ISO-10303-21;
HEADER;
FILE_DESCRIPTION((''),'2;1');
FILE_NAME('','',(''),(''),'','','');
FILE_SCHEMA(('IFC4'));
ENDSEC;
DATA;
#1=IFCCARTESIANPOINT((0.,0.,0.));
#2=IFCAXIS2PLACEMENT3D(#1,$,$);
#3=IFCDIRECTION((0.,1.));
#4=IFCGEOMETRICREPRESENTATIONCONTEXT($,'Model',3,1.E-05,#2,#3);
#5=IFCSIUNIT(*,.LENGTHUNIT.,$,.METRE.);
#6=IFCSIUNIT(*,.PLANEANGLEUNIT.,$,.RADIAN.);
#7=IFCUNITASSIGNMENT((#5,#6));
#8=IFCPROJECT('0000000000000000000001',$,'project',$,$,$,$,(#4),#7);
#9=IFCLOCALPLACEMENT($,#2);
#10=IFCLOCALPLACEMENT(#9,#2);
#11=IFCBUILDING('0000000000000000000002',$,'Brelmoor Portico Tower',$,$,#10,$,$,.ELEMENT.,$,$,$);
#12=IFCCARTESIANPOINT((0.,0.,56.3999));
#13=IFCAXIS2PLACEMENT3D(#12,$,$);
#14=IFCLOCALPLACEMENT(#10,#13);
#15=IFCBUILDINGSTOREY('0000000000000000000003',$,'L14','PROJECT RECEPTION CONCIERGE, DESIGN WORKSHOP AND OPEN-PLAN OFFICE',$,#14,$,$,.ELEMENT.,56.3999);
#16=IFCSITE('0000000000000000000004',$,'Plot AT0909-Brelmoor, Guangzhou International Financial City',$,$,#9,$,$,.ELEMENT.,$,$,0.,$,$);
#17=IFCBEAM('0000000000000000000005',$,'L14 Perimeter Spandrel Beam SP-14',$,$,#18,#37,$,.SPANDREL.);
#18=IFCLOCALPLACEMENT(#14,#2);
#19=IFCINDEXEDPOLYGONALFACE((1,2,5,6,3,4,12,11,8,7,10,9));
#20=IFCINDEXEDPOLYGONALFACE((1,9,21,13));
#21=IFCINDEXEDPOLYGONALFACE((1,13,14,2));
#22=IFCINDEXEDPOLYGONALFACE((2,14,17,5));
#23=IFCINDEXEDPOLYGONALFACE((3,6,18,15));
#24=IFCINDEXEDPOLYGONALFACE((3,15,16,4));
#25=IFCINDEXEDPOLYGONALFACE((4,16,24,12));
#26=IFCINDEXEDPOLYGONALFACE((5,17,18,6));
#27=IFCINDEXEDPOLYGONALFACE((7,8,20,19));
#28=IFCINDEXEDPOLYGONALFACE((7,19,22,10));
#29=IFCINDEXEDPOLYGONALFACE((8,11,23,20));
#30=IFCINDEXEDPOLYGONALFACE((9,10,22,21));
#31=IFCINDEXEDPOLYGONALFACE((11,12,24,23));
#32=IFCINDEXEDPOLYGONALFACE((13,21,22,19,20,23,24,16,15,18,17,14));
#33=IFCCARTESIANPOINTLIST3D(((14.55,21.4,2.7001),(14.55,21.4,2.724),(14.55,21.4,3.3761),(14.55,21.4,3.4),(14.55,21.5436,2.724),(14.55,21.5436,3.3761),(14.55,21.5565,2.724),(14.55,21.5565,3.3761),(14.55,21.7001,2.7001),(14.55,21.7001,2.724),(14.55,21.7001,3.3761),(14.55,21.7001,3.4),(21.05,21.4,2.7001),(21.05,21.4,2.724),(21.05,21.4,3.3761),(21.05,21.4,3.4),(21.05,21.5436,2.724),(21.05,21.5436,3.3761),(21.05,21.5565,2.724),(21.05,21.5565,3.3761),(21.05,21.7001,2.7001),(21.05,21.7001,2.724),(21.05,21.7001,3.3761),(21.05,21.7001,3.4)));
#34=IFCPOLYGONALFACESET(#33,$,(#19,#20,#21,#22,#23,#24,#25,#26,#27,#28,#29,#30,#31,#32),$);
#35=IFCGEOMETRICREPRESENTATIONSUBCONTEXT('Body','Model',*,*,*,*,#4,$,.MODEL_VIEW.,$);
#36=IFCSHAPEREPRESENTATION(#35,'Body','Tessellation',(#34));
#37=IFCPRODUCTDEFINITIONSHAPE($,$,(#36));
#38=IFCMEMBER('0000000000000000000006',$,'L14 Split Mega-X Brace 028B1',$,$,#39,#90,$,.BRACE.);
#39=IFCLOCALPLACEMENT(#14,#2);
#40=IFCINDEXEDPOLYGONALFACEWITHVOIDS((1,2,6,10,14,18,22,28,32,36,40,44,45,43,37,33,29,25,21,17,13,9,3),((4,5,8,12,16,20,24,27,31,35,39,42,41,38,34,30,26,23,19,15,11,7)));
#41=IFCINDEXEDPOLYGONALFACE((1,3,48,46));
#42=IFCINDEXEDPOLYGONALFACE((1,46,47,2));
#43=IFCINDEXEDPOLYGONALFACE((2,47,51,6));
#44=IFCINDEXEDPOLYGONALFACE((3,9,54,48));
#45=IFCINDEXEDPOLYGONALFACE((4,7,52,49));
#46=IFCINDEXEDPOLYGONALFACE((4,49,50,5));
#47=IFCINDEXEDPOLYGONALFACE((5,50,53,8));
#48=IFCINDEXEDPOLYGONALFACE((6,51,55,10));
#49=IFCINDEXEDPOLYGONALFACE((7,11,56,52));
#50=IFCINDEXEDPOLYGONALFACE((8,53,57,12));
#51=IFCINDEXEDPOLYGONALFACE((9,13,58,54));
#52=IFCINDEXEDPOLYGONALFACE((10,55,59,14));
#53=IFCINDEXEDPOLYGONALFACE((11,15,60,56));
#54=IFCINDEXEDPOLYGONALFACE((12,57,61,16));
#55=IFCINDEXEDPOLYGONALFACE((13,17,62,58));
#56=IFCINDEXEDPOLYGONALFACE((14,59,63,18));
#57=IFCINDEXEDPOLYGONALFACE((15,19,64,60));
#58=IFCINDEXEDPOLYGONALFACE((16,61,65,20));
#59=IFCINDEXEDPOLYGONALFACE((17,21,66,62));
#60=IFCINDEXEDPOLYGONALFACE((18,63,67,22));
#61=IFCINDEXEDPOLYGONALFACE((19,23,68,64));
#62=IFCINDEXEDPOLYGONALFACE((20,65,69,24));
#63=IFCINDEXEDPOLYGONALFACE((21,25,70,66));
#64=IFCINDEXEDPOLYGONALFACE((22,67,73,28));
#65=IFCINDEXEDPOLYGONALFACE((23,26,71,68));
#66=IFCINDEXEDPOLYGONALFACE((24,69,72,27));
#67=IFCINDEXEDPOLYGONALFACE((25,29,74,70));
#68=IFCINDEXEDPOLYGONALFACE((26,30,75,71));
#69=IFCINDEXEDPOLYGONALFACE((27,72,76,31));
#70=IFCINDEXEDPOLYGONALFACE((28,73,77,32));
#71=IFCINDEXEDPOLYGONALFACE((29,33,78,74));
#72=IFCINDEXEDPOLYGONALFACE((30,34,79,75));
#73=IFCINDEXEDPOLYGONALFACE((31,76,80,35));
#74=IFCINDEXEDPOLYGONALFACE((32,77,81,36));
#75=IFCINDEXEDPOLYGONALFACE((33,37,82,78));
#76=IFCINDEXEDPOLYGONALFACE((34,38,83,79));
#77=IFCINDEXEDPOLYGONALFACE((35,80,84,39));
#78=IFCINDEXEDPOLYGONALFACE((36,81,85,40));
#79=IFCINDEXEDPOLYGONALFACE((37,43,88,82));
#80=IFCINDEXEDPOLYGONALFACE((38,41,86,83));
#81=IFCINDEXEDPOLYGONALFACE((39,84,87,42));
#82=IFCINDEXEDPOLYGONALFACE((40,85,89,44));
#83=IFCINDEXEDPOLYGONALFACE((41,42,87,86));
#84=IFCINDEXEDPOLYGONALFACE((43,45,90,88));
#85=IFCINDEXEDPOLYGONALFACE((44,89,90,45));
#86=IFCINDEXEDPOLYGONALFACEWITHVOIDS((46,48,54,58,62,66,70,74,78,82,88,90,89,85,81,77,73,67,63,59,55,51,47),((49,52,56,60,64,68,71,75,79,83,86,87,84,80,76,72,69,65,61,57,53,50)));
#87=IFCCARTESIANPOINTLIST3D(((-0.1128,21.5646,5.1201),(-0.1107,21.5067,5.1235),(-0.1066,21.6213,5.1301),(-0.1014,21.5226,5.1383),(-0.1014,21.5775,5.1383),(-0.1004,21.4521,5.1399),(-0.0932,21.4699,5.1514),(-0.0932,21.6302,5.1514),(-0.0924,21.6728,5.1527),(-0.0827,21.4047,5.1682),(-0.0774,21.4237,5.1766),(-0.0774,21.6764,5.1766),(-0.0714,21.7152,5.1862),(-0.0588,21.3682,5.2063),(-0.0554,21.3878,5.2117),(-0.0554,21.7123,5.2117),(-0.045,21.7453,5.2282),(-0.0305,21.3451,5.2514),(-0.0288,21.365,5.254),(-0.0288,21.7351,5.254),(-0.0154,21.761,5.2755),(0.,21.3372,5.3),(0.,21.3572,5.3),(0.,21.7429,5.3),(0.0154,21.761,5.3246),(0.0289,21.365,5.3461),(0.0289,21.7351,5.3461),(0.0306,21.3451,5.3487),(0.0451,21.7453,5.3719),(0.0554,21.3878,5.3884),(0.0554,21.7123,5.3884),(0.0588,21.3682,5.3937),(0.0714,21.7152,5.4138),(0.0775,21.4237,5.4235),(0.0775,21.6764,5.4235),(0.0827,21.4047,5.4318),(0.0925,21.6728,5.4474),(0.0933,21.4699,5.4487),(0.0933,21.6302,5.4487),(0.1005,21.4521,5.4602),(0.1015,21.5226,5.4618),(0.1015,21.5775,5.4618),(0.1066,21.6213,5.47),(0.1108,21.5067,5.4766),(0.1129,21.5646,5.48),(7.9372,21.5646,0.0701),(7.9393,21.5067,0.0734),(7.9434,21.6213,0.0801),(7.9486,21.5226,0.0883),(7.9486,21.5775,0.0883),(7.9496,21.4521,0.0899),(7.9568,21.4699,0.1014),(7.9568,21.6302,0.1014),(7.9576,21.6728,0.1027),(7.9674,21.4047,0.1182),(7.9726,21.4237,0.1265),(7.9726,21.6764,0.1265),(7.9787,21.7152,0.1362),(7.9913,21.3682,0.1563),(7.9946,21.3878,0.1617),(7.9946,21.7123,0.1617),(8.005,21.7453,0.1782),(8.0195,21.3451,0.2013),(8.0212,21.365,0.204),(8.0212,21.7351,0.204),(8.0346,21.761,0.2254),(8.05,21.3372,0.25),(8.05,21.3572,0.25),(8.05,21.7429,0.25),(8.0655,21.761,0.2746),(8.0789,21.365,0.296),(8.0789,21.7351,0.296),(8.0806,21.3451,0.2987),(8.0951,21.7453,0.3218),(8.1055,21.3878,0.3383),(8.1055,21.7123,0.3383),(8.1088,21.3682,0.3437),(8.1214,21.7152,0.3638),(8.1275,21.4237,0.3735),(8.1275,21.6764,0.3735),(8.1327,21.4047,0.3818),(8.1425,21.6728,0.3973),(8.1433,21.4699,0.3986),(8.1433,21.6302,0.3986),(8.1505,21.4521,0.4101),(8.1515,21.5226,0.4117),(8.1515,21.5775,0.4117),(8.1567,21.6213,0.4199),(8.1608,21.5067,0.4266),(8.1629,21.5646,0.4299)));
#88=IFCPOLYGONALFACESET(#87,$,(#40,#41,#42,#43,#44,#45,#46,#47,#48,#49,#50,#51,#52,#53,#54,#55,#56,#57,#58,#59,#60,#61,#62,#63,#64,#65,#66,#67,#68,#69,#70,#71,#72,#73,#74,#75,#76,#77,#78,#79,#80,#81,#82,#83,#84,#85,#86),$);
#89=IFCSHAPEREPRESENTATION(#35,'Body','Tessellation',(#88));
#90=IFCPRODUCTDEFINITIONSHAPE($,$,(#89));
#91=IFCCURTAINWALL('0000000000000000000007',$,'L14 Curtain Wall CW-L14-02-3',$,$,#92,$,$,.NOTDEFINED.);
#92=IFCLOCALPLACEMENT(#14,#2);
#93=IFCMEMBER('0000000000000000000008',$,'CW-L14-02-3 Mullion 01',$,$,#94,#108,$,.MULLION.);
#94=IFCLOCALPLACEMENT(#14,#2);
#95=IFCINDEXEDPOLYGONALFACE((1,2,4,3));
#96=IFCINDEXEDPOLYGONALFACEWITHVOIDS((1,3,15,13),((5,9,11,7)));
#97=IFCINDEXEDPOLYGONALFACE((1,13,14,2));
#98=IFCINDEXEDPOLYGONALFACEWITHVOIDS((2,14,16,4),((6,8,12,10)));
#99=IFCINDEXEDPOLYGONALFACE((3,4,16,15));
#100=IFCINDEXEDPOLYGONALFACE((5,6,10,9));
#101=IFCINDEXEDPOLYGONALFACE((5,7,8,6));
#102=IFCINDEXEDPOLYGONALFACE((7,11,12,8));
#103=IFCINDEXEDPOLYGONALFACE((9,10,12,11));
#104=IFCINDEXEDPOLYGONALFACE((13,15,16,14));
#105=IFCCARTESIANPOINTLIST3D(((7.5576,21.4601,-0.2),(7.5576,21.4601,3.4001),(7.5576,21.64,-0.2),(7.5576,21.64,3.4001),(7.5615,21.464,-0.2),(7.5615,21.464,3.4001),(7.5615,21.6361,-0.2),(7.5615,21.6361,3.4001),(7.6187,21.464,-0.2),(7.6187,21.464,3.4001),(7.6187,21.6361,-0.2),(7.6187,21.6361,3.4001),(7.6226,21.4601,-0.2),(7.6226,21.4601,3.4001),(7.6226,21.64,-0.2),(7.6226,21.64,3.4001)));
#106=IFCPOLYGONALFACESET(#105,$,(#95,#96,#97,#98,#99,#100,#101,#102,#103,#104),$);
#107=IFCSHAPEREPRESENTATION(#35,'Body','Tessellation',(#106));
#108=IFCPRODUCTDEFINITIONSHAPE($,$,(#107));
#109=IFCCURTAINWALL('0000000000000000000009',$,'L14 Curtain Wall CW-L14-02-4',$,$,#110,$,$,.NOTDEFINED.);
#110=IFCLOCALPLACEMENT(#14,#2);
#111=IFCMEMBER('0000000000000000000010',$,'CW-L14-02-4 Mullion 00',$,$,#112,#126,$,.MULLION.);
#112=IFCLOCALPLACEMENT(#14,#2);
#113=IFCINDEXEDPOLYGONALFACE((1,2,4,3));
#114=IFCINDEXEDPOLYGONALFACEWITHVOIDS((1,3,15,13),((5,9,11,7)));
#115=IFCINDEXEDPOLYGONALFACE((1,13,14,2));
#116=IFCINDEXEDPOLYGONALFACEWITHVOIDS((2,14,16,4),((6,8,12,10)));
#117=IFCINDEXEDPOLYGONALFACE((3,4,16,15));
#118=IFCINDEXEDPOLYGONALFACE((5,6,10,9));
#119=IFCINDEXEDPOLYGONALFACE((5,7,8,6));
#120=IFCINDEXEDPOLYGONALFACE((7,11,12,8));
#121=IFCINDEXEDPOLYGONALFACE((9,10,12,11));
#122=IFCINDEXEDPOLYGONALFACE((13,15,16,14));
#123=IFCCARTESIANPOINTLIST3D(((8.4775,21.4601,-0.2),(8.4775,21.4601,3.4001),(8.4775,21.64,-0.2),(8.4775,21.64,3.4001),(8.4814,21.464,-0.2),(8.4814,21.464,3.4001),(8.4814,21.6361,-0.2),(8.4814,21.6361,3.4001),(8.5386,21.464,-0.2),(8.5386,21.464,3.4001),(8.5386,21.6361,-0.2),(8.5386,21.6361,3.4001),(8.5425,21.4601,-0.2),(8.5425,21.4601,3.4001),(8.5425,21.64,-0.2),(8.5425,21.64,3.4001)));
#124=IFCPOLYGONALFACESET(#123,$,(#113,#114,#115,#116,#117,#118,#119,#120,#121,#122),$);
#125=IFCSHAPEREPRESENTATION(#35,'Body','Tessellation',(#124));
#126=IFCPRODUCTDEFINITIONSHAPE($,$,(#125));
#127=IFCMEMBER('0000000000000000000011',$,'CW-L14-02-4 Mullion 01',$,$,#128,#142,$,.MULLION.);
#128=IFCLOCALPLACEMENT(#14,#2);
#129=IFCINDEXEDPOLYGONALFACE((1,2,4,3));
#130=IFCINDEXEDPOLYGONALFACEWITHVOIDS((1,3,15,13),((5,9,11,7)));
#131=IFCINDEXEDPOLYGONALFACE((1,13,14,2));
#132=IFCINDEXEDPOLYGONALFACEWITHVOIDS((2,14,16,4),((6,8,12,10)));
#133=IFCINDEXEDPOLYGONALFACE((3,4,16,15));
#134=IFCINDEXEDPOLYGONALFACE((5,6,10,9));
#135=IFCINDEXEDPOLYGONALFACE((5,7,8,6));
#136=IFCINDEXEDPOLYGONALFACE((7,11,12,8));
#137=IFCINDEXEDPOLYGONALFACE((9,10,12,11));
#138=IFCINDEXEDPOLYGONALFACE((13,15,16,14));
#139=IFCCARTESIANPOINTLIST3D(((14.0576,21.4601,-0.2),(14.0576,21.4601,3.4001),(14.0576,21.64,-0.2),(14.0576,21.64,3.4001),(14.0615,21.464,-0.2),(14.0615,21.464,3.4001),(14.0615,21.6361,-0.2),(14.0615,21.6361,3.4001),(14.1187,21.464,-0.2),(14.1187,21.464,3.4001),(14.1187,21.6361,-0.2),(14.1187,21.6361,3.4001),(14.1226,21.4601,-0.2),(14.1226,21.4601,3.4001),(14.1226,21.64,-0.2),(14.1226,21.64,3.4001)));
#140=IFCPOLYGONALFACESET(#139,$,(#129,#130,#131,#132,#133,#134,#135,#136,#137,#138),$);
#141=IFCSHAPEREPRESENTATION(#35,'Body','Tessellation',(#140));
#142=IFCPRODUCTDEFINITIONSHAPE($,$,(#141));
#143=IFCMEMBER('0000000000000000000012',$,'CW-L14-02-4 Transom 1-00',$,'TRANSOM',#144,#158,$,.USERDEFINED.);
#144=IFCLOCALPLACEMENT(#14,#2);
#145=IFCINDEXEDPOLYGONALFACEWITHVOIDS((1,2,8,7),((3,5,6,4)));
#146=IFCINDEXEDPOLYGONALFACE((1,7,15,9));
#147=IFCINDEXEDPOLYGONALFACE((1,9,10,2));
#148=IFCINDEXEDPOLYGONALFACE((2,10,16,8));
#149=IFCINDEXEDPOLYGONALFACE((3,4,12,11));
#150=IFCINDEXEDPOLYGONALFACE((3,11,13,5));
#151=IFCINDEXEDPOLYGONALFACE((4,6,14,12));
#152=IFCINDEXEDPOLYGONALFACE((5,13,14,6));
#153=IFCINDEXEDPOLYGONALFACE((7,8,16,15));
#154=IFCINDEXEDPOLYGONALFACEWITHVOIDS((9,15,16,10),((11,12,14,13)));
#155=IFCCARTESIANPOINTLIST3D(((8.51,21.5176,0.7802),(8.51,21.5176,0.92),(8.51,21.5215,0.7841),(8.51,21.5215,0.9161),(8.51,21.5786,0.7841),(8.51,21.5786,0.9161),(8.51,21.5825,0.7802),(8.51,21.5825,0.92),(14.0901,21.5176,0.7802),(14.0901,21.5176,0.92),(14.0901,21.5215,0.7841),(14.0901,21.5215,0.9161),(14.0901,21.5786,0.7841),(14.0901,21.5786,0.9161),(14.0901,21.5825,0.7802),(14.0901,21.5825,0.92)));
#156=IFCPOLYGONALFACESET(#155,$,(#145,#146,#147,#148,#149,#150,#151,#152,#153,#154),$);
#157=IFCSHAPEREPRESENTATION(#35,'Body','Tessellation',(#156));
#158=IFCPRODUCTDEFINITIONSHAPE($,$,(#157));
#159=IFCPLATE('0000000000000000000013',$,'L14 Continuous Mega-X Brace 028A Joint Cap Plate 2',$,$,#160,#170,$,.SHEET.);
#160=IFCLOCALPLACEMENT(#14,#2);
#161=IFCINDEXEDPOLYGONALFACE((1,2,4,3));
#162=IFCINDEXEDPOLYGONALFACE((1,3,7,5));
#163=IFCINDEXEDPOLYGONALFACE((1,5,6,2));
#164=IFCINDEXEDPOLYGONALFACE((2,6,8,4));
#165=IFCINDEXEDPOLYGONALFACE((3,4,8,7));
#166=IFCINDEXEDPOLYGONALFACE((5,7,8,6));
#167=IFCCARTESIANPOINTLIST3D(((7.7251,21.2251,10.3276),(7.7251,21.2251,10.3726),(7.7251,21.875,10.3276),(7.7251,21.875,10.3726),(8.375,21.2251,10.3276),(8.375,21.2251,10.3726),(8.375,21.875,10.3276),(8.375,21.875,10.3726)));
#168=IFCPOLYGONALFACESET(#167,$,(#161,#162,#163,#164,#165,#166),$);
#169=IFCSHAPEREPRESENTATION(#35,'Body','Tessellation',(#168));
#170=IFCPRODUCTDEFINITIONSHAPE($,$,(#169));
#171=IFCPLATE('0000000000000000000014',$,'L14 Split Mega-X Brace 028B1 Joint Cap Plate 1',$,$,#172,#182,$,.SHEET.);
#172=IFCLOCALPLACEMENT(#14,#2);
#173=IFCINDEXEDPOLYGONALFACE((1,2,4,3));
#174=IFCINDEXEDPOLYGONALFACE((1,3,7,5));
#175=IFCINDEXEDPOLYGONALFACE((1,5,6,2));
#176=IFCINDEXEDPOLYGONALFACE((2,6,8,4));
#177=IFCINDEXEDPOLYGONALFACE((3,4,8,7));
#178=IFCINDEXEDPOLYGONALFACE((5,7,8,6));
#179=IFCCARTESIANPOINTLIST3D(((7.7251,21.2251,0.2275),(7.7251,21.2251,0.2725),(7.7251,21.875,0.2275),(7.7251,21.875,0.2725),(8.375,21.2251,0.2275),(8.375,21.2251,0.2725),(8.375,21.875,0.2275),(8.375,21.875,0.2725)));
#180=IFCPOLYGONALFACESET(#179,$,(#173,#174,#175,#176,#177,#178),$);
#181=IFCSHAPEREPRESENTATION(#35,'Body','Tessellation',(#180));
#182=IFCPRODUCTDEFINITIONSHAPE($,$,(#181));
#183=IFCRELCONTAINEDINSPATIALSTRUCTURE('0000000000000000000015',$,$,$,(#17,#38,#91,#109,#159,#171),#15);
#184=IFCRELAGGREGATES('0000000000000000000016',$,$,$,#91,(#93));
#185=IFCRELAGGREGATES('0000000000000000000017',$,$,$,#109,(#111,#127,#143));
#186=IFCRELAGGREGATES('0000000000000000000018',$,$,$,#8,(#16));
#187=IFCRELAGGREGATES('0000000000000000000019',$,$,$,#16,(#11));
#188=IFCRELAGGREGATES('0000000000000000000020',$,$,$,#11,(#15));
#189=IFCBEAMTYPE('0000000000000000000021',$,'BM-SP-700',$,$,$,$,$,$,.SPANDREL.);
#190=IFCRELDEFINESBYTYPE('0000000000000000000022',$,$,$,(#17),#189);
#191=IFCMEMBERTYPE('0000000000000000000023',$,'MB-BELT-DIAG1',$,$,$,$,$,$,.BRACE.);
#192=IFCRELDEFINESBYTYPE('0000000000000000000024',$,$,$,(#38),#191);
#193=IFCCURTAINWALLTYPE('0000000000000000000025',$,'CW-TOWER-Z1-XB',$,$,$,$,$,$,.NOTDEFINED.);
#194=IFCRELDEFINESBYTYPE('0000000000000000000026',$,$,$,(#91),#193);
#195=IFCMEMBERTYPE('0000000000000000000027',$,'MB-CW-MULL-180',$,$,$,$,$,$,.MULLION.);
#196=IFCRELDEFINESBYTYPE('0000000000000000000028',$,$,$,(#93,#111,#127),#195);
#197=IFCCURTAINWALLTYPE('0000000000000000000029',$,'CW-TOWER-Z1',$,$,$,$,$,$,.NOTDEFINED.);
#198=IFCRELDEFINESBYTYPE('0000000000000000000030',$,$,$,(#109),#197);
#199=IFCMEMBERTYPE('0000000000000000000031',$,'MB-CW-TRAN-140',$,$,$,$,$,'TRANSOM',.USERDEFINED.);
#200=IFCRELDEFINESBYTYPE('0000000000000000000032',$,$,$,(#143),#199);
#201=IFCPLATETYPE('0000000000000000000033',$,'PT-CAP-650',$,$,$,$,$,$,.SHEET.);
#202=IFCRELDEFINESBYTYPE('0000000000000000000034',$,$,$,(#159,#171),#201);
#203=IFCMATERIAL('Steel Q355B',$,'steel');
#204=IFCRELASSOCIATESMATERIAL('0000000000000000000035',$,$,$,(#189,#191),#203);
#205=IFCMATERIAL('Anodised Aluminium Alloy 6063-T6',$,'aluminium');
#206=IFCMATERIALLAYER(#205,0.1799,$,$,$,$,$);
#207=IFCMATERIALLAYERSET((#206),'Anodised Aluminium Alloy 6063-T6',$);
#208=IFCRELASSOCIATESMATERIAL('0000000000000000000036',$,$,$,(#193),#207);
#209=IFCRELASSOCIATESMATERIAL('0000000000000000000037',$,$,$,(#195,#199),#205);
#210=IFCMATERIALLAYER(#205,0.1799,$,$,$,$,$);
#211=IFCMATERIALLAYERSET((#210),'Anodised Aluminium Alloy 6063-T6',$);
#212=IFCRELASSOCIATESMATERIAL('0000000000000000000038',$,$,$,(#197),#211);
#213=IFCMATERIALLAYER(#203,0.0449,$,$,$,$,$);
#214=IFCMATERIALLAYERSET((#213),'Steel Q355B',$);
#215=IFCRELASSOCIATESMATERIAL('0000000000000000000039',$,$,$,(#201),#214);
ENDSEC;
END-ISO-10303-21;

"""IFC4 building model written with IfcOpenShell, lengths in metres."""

from ifc_helpers import new_model, si_unit, direction, frame, origin, origin_2d, place, context, subcontext, project, spatial, rectangle, hollow_rectangle, hollow_circle, i_section, extrude, material, layer, layer_set, material_profile, profile_set, type_object, element, aggregate, save


model = new_model("IFC4")

# Units and contexts
model_context = context("Model", 3, precision=1e-05, world=origin(), true_north=direction((0.0, 1.0)))
body_context = subcontext(model_context, "Body", "Model", "MODEL_VIEW")
ifc_project = project(units=[si_unit("LENGTHUNIT", "METRE"), si_unit("PLANEANGLEUNIT", "RADIAN")], contexts=[model_context])

# Site, building, storey
site_placement = place(None, origin())
site = spatial("IfcSite", under=ifc_project, at=site_placement, Name="Plot AT0909-Brelmoor, Guangzhou International Financial City", CompositionType="ELEMENT", RefElevation=0.0)
building_placement = place(site_placement, origin())
building = spatial("IfcBuilding", under=site, at=building_placement, Name="Brelmoor Portico Tower", CompositionType="ELEMENT")
storey_placement = place(building_placement, frame((0.0, 0.0, 56.3999)))
storey = spatial("IfcBuildingStorey", under=building, at=storey_placement, Name="L14", Description="PROJECT RECEPTION CONCIERGE, DESIGN WORKSHOP AND OPEN-PLAN OFFICE", CompositionType="ELEMENT", Elevation=56.3999)

# Shared definitions
ifc_material_1 = material(Name="Steel Q355B", Category="steel")

# Beam
ifc_material_profile_1 = material_profile(ifc_material_1, i_section(OverallWidth=0.3, OverallDepth=0.7, WebThickness=0.0129, FlangeThickness=0.0239, at=origin_2d()), Name="HN 700x300x13x24")
ifc_profile_set_1 = profile_set([ifc_material_profile_1], Name="Steel Q355B")
beam_type_1 = type_object("IfcBeamType", Name="BM-SP-700", PredefinedType="SPANDREL", material=ifc_profile_set_1)
for number, where, z_axis, x_axis, name in (
    (1, (14.55, 21.55, 3.05), (1.0, 0.0, 0.0), (0.0, 1.0, 0.0), "L14 Perimeter Spandrel Beam SP-14"),
):
    element("IfcBeam", number, at=place(storey_placement, frame(where, z_axis=z_axis, x_axis=x_axis)), inside=storey, type_object=beam_type_1, Name=name, PredefinedType="SPANDREL", context=body_context, shape_type="SweptSolid", body=[
        extrude(i_section(OverallWidth=0.3, OverallDepth=0.7, WebThickness=0.0129, FlangeThickness=0.0239, at=origin_2d()), origin(), (0.0, 0.0, 1.0), 6.5),
    ])

# Member
ifc_material_profile_2 = material_profile(ifc_material_1, hollow_circle(Radius=0.2129, WallThickness=0.02, at=origin_2d()), Name="CHS 426x20")
ifc_profile_set_2 = profile_set([ifc_material_profile_2], Name="Steel Q355B")
member_type_1 = type_object("IfcMemberType", Name="MB-BELT-DIAG1", PredefinedType="BRACE", material=ifc_profile_set_2)
member_1_placement = place(storey_placement, frame((8.05, 21.55, 0.25), z_axis=(-0.847109, 0.0, 0.531418), x_axis=(0.0, -1.0, 0.0)))
element("IfcMember", 2, at=member_1_placement, inside=storey, type_object=member_type_1, Name="L14 Split Mega-X Brace 028B1", PredefinedType="BRACE", context=body_context, shape_type="SweptSolid", body=[
    extrude(hollow_circle(Radius=0.2129, WallThickness=0.02, at=origin_2d()), origin(), (0.0, 0.0, 1.0), 9.5029),
])

# Curtain wall, member
ifc_material_2 = material(Name="Anodised Aluminium Alloy 6063-T6", Category="aluminium")
ifc_layer_1 = layer(ifc_material_2, 0.1799)
ifc_layer_set_1 = layer_set([ifc_layer_1], Name="Anodised Aluminium Alloy 6063-T6")
curtain_wall_type_1 = type_object("IfcCurtainWallType", Name="CW-TOWER-Z1-XB", PredefinedType="NOTDEFINED", material=ifc_layer_set_1)
curtain_wall_1_placement = place(storey_placement, origin())
curtain_wall_1 = element("IfcCurtainWall", 3, at=curtain_wall_1_placement, inside=storey, type_object=curtain_wall_type_1, Name="L14 Curtain Wall CW-L14-02-3", PredefinedType="NOTDEFINED")
ifc_material_profile_3 = material_profile(ifc_material_2, hollow_rectangle(XDim=0.0649, YDim=0.1799, WallThickness=0.0039, at=origin_2d()), Name="ALU MULLION 65x180")
ifc_profile_set_3 = profile_set([ifc_material_profile_3], Name="Anodised Aluminium Alloy 6063-T6")
member_type_2 = type_object("IfcMemberType", Name="MB-CW-MULL-180", PredefinedType="MULLION", material=ifc_profile_set_3)
member_2_placement = place(storey_placement, frame((7.5901, 21.55, -0.2), z_axis=(0.0, 0.0, 1.0), x_axis=(1.0, 0.0, 0.0)))
member_2 = element("IfcMember", 4, at=member_2_placement, type_object=member_type_2, Name="CW-L14-02-3 Mullion 01", PredefinedType="MULLION", context=body_context, shape_type="SweptSolid", body=[
    extrude(hollow_rectangle(XDim=0.0649, YDim=0.1799, WallThickness=0.0039, at=origin_2d()), origin(), (0.0, 0.0, 1.0), 3.6001),
])

# Curtain wall, members
ifc_layer_2 = layer(ifc_material_2, 0.1799)
ifc_layer_set_2 = layer_set([ifc_layer_2], Name="Anodised Aluminium Alloy 6063-T6")
curtain_wall_type_2 = type_object("IfcCurtainWallType", Name="CW-TOWER-Z1", PredefinedType="NOTDEFINED", material=ifc_layer_set_2)
curtain_wall_2_placement = place(storey_placement, origin())
curtain_wall_2 = element("IfcCurtainWall", 5, at=curtain_wall_2_placement, inside=storey, type_object=curtain_wall_type_2, Name="L14 Curtain Wall CW-L14-02-4", PredefinedType="NOTDEFINED")
member_3_placement = place(storey_placement, frame((8.51, 21.55, -0.2), z_axis=(0.0, 0.0, 1.0), x_axis=(1.0, 0.0, 0.0)))
member_3 = element("IfcMember", 6, at=member_3_placement, type_object=member_type_2, Name="CW-L14-02-4 Mullion 00", PredefinedType="MULLION", context=body_context, shape_type="SweptSolid", body=[
    extrude(hollow_rectangle(XDim=0.0649, YDim=0.1799, WallThickness=0.0039, at=origin_2d()), origin(), (0.0, 0.0, 1.0), 3.6001),
])
member_4_placement = place(storey_placement, frame((14.0901, 21.55, -0.2), z_axis=(0.0, 0.0, 1.0), x_axis=(1.0, 0.0, 0.0)))
member_4 = element("IfcMember", 7, at=member_4_placement, type_object=member_type_2, Name="CW-L14-02-4 Mullion 01", PredefinedType="MULLION", context=body_context, shape_type="SweptSolid", body=[
    extrude(hollow_rectangle(XDim=0.0649, YDim=0.1799, WallThickness=0.0039, at=origin_2d()), origin(), (0.0, 0.0, 1.0), 3.6001),
])
ifc_material_profile_4 = material_profile(ifc_material_2, hollow_rectangle(XDim=0.0649, YDim=0.1399, WallThickness=0.0039, at=origin_2d()), Name="ALU TRANSOM 65x140")
ifc_profile_set_4 = profile_set([ifc_material_profile_4], Name="Anodised Aluminium Alloy 6063-T6")
member_type_3 = type_object("IfcMemberType", Name="MB-CW-TRAN-140", ElementType="TRANSOM", PredefinedType="USERDEFINED", material=ifc_profile_set_4)
member_5_placement = place(storey_placement, frame((8.51, 21.55, 0.8501), z_axis=(1.0, 0.0, 0.0), x_axis=(0.0, 1.0, 0.0)))
member_5 = element("IfcMember", 8, at=member_5_placement, type_object=member_type_3, Name="CW-L14-02-4 Transom 1-00", ObjectType="TRANSOM", PredefinedType="USERDEFINED", context=body_context, shape_type="SweptSolid", body=[
    extrude(hollow_rectangle(XDim=0.0649, YDim=0.1399, WallThickness=0.0039, at=origin_2d()), origin(), (0.0, 0.0, 1.0), 5.5801),
])

# Plates
ifc_layer_3 = layer(ifc_material_1, 0.0449)
ifc_layer_set_3 = layer_set([ifc_layer_3], Name="Steel Q355B")
plate_type_1 = type_object("IfcPlateType", Name="PT-CAP-650", PredefinedType="SHEET", material=ifc_layer_set_3)
for number, where, z_axis, x_axis, name in (
    (9, (8.05, 21.55, 10.3276), (0.0, 0.0, 1.0), (1.0, 0.0, 0.0), "L14 Continuous Mega-X Brace 028A Joint Cap Plate 2"),
    (10, (8.05, 21.55, 0.2275), (0.0, 0.0, 1.0), (1.0, 0.0, 0.0), "L14 Split Mega-X Brace 028B1 Joint Cap Plate 1"),
):
    element("IfcPlate", number, at=place(storey_placement, frame(where, z_axis=z_axis, x_axis=x_axis)), inside=storey, type_object=plate_type_1, Name=name, PredefinedType="SHEET", context=body_context, shape_type="SweptSolid", body=[
        extrude(rectangle(XDim=0.6499, YDim=0.6499, at=origin_2d()), origin(), (0.0, 0.0, 1.0), 0.0449),
    ])

aggregate(curtain_wall_1, [member_2])
aggregate(curtain_wall_2, [member_3, member_4, member_5])

save(model, "model.ifc")
